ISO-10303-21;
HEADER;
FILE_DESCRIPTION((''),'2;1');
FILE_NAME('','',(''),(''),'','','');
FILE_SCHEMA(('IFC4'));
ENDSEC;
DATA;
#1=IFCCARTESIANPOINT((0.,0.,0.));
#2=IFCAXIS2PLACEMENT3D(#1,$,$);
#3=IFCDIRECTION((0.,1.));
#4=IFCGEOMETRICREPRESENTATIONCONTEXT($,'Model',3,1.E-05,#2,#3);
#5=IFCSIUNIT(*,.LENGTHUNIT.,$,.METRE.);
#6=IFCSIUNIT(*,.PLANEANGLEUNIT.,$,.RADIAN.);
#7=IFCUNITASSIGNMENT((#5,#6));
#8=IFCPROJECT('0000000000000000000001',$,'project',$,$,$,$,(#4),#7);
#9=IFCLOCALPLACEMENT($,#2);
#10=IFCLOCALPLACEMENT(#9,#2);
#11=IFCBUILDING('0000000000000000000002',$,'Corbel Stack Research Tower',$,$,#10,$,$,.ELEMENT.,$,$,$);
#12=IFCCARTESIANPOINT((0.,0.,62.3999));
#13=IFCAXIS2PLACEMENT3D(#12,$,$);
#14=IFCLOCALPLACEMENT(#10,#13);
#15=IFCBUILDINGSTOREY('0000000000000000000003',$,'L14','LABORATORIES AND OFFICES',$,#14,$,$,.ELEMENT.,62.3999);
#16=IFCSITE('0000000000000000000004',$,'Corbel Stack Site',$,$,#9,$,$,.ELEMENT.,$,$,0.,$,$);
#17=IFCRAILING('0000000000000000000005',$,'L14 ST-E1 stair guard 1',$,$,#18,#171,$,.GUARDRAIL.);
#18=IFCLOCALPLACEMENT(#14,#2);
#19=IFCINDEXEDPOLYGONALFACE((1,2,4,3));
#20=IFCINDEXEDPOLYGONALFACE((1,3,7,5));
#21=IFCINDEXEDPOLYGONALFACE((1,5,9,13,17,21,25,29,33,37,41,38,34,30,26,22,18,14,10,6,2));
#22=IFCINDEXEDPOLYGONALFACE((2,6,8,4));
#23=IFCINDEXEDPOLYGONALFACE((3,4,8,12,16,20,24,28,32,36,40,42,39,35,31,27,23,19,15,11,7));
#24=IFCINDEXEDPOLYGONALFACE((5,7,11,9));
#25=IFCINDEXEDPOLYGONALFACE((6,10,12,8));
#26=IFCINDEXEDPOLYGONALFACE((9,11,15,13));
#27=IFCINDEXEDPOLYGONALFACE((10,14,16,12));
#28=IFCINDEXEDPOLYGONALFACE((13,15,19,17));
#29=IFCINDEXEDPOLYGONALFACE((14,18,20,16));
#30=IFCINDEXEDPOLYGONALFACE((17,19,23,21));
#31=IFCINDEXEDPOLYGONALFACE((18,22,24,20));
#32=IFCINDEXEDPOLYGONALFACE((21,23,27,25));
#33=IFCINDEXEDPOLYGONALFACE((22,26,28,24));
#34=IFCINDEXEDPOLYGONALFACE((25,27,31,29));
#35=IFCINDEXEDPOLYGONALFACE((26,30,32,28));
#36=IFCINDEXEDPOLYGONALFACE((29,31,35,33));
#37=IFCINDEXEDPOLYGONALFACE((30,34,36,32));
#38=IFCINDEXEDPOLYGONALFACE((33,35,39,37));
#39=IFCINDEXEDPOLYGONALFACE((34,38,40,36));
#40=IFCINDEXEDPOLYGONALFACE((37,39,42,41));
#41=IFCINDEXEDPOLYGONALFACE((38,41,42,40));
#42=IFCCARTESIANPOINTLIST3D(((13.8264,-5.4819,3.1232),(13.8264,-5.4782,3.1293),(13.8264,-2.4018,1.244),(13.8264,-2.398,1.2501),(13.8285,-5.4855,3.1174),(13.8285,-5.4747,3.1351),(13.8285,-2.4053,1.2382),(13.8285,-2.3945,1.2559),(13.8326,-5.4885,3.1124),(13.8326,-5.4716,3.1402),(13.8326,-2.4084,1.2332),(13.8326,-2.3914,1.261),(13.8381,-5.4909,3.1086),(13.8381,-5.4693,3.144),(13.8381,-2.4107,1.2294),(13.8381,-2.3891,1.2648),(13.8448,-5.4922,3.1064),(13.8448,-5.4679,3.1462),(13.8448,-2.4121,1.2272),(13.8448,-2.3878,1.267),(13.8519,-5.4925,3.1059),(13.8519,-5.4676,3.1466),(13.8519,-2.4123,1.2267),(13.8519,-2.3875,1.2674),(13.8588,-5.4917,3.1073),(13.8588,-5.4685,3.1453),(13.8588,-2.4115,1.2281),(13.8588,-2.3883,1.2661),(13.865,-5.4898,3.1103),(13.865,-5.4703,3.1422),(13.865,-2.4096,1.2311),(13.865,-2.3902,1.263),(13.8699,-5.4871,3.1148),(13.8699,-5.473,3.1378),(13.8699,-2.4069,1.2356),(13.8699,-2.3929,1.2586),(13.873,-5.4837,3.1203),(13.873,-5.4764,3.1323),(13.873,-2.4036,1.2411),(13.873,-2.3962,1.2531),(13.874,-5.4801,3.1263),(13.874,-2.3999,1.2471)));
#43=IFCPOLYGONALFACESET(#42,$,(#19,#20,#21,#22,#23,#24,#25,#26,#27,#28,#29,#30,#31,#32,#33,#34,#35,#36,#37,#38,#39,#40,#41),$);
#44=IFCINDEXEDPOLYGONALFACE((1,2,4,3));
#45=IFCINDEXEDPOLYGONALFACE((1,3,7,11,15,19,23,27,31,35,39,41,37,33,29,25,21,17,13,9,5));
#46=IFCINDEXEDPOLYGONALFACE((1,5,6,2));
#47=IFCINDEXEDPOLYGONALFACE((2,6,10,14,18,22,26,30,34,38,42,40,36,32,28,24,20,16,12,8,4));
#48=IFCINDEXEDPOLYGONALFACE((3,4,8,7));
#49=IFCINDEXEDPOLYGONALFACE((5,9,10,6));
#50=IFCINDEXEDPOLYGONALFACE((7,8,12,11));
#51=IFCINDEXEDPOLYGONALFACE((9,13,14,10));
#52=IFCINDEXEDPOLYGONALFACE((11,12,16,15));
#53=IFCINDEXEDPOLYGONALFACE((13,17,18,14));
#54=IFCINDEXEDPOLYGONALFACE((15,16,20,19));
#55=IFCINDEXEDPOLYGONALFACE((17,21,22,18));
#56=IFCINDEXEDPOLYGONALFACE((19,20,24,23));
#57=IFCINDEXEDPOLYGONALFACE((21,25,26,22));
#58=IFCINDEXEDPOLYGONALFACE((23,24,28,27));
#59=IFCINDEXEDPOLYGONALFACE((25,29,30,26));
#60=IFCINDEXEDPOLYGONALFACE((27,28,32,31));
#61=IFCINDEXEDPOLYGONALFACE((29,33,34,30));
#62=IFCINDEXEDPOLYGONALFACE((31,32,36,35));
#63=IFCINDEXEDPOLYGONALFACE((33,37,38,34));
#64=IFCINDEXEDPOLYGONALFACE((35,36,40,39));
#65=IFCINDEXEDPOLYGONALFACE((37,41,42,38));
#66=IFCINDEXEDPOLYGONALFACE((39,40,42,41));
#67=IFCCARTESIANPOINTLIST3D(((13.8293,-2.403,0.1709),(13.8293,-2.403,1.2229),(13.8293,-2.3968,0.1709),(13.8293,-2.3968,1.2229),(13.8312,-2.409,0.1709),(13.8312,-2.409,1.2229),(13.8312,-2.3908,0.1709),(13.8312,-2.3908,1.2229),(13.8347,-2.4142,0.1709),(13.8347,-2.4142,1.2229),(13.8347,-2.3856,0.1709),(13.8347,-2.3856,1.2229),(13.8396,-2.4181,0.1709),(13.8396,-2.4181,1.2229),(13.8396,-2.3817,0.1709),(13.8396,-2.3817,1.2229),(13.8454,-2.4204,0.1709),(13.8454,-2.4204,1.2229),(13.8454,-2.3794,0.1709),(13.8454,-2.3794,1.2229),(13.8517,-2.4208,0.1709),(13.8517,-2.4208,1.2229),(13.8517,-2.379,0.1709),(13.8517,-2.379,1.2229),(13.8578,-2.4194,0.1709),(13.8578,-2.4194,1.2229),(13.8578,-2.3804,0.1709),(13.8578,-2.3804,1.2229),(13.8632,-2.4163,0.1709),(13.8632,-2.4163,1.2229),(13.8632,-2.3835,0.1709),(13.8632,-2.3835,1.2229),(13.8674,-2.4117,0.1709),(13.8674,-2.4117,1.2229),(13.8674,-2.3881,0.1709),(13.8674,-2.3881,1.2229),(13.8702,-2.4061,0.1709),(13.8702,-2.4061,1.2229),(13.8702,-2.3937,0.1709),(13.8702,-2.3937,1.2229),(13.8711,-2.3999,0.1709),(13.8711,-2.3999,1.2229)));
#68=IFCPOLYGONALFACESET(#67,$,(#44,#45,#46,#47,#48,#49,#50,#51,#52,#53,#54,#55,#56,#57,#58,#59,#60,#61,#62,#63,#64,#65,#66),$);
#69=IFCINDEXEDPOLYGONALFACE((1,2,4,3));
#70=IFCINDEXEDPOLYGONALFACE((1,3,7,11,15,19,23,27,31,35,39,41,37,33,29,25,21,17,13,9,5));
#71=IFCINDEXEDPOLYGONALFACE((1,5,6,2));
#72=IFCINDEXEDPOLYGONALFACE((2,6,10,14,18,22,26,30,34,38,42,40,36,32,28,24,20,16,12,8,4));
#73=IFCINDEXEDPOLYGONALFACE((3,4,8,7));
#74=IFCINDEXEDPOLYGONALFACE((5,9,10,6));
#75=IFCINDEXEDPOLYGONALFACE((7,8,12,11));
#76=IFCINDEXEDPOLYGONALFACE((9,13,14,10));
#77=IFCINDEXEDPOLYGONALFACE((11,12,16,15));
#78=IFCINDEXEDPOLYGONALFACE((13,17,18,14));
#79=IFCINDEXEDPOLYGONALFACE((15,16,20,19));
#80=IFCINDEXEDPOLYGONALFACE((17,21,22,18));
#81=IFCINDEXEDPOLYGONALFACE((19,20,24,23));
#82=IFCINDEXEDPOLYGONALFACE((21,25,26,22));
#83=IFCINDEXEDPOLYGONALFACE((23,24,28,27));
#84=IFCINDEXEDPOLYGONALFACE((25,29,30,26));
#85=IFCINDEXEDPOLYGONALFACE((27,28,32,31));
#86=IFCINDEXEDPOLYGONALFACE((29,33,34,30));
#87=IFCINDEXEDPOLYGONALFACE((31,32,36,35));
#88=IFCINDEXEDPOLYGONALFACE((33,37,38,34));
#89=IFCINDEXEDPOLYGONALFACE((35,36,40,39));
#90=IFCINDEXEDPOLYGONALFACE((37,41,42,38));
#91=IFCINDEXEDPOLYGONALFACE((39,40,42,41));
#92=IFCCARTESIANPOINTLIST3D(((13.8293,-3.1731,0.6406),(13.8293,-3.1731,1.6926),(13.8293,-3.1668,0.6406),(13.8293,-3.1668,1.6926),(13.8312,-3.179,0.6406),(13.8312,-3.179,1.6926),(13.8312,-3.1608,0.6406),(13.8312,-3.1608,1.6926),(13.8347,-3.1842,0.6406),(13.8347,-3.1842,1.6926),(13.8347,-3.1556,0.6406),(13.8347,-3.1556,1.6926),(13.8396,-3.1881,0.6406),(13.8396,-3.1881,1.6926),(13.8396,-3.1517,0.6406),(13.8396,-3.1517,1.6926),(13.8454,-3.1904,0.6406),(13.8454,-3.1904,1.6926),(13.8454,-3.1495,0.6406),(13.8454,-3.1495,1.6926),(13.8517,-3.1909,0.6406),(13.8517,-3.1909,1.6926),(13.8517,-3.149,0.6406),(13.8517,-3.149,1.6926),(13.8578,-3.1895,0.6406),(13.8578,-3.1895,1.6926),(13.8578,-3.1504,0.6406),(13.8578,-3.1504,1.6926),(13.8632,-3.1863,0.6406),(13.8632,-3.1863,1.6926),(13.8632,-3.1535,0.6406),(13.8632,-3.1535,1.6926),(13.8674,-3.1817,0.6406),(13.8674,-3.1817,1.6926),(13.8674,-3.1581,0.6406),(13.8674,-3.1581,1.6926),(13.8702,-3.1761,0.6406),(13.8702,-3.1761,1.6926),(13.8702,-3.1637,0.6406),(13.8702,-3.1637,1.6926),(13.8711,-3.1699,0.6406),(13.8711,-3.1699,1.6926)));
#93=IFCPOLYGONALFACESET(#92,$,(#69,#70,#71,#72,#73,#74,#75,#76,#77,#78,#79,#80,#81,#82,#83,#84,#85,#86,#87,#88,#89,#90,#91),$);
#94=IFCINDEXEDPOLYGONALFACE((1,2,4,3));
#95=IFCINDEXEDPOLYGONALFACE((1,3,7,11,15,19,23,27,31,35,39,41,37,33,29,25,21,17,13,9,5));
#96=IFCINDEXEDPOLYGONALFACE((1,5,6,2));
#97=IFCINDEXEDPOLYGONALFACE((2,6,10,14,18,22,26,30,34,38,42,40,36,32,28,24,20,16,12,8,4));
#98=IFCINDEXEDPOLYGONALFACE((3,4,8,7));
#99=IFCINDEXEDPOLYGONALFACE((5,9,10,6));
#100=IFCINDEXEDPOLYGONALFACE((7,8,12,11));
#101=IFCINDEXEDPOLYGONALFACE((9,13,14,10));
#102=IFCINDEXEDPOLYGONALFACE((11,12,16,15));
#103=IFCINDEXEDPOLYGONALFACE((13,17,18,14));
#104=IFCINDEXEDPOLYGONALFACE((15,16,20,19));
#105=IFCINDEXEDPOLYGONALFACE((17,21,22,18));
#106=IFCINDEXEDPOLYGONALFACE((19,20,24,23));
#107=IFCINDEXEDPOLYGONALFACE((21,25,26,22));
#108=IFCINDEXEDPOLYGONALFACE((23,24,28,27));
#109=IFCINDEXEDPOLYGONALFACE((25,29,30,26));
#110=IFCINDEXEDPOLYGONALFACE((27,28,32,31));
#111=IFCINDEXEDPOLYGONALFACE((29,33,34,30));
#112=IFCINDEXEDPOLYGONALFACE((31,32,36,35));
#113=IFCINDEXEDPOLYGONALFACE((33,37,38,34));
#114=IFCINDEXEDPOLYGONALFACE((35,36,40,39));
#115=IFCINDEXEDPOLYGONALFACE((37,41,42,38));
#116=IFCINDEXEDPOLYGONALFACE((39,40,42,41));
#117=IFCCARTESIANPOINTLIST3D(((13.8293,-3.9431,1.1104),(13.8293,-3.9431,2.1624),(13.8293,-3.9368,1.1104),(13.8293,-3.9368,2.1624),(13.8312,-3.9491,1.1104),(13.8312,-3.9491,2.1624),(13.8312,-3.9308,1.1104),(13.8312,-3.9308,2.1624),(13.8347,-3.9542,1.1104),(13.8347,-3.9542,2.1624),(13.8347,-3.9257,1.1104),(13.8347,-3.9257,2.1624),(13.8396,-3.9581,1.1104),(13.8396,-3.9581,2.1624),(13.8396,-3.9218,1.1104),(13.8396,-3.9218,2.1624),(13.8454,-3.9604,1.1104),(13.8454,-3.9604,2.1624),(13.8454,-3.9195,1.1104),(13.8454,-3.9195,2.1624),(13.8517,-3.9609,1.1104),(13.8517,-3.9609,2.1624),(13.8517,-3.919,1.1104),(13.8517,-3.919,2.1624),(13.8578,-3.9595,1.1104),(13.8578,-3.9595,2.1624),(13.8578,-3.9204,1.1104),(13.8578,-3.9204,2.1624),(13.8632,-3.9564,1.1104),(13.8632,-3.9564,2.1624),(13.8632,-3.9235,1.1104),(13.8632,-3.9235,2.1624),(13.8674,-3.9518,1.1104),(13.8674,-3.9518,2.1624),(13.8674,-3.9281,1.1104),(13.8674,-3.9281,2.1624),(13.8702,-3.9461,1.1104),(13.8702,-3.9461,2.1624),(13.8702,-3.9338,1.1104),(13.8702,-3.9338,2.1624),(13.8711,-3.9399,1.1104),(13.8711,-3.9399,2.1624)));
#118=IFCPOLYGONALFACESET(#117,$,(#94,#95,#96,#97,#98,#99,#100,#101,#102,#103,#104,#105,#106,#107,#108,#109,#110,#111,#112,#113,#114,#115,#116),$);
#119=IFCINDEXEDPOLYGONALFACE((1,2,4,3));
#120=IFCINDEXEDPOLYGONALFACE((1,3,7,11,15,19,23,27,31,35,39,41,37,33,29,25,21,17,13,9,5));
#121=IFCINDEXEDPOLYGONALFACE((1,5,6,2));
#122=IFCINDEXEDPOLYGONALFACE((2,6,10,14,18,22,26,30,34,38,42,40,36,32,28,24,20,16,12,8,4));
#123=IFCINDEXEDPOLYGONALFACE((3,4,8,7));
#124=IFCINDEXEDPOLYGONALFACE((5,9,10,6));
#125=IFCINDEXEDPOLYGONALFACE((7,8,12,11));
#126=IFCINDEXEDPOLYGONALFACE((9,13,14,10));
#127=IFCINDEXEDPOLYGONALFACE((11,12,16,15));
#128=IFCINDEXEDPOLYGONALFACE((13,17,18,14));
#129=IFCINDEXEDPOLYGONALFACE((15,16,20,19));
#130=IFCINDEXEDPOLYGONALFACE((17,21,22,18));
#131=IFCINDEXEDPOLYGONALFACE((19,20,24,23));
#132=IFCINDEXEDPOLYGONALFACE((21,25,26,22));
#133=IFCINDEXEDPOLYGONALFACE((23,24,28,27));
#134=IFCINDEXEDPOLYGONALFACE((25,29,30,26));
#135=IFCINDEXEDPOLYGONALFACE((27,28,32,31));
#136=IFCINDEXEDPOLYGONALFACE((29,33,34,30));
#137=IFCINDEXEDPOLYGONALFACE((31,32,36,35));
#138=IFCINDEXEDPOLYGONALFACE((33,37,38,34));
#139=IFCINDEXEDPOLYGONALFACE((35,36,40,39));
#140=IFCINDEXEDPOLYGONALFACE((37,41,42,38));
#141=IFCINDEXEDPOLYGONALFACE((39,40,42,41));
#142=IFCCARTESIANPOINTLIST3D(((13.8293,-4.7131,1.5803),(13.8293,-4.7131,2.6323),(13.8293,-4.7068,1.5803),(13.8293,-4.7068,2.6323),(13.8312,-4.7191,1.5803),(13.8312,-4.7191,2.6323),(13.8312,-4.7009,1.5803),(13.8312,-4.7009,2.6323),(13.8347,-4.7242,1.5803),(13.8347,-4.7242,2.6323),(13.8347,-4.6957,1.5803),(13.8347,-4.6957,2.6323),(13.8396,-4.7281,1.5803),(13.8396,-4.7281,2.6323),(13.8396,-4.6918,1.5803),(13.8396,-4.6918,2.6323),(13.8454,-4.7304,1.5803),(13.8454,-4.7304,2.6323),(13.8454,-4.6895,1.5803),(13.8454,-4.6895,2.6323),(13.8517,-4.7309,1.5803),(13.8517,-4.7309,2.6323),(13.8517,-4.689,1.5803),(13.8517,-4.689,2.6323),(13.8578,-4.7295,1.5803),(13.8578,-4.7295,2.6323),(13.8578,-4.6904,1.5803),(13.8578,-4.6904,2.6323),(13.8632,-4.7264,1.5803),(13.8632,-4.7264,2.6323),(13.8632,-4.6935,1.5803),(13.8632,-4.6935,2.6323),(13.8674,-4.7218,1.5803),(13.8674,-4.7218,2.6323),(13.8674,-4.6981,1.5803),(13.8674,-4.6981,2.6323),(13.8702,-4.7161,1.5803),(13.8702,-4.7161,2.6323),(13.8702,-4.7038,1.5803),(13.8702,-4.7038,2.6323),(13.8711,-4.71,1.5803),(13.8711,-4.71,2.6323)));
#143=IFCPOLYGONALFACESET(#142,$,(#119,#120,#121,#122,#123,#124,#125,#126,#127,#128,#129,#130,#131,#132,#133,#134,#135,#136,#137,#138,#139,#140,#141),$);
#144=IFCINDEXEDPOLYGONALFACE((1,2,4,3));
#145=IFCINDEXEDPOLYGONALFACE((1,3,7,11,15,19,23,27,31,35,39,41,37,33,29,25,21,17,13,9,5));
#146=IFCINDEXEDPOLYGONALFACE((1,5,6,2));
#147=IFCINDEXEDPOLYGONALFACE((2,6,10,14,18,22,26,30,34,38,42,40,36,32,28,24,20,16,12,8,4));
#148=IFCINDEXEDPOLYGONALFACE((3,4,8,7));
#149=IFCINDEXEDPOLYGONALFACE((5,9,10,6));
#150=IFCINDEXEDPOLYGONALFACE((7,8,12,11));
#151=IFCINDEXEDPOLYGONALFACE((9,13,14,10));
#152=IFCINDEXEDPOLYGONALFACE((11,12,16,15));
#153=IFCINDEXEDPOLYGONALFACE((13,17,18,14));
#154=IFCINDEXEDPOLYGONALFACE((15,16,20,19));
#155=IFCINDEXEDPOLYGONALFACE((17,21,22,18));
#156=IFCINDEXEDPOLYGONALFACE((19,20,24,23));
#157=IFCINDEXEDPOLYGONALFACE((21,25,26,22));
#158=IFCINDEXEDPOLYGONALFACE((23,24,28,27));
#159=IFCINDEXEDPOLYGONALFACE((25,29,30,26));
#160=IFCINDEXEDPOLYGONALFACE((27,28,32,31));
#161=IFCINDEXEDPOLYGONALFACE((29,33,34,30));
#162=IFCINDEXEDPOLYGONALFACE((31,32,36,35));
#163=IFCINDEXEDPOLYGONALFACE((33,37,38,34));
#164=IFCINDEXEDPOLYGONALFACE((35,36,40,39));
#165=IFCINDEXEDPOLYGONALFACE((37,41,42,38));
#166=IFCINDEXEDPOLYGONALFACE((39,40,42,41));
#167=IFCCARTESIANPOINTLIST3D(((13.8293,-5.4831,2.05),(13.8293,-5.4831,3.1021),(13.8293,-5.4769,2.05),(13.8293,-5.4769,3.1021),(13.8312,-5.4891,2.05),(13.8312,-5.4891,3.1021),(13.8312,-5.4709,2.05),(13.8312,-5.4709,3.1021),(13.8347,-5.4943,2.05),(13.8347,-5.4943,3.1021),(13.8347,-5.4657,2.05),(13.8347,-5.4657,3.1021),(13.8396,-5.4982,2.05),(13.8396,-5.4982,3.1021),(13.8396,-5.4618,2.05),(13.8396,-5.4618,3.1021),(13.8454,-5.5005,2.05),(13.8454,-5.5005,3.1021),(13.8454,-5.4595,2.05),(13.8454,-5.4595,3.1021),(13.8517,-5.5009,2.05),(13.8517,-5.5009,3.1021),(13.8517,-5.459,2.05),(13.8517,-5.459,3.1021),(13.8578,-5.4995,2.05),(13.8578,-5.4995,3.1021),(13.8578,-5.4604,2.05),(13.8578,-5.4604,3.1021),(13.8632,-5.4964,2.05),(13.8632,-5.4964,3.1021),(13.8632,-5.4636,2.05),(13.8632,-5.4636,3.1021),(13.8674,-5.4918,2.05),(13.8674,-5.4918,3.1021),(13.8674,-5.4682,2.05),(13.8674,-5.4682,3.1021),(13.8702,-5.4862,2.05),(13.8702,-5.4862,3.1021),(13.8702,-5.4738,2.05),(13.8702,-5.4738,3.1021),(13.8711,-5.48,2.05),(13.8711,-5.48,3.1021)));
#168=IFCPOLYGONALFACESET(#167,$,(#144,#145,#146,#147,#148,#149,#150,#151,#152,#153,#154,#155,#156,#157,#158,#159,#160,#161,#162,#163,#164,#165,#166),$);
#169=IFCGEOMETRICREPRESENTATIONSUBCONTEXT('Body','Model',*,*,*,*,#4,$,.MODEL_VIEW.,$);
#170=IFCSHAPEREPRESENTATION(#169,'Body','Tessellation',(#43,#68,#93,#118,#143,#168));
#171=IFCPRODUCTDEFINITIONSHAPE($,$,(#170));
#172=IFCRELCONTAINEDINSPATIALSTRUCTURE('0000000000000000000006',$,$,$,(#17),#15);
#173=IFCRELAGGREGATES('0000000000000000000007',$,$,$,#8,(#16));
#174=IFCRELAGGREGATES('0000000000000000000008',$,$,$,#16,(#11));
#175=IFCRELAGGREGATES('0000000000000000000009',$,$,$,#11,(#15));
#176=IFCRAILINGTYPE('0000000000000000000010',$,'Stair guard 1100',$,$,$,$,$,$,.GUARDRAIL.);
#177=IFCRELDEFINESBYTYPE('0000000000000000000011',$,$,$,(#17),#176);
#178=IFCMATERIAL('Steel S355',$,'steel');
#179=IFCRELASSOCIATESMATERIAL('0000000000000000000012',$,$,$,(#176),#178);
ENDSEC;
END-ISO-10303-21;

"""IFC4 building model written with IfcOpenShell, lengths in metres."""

from ifc_helpers import new_model, si_unit, direction, frame, origin, origin_2d, place, context, subcontext, project, spatial, circle, extrude, material, type_object, element, save


model = new_model("IFC4")

# Units and contexts
model_context = context("Model", 3, precision=1e-05, world=origin(), true_north=direction((0.0, 1.0)))
body_context = subcontext(model_context, "Body", "Model", "MODEL_VIEW")
ifc_project = project(units=[si_unit("LENGTHUNIT", "METRE"), si_unit("PLANEANGLEUNIT", "RADIAN")], contexts=[model_context])

# Site, building, storey
site_placement = place(None, origin())
site = spatial("IfcSite", under=ifc_project, at=site_placement, Name="Corbel Stack Site", CompositionType="ELEMENT", RefElevation=0.0)
building_placement = place(site_placement, origin())
building = spatial("IfcBuilding", under=site, at=building_placement, Name="Corbel Stack Research Tower", CompositionType="ELEMENT")
storey_placement = place(building_placement, frame((0.0, 0.0, 62.3999)))
storey = spatial("IfcBuildingStorey", under=building, at=storey_placement, Name="L14", Description="LABORATORIES AND OFFICES", CompositionType="ELEMENT", Elevation=62.3999)

# Railing
ifc_material_1 = material(Name="Steel S355", Category="steel")
railing_type_1 = type_object("IfcRailingType", Name="Stair guard 1100", PredefinedType="GUARDRAIL", material=ifc_material_1)
railing_1_placement = place(storey_placement, frame((13.8501, -2.3999, 0.1709)))
element("IfcRailing", 1, at=railing_1_placement, inside=storey, type_object=railing_type_1, Name="L14 ST-E1 stair guard 1", PredefinedType="GUARDRAIL", context=body_context, shape_type="SweptSolid", body=[
    extrude(circle(Radius=0.0239, at=origin_2d()), frame((0.0, 0.0, 1.0762), z_axis=(0.0, -0.853666, 0.52082), x_axis=(1.0, 0.0, 0.0)), (0.0, 0.0, 1.0), 3.6082),
    extrude(circle(Radius=0.021, at=origin_2d()), origin(), (0.0, 0.0, 1.0), 1.052),
    extrude(circle(Radius=0.021, at=origin_2d()), frame((0.0, -0.77, 0.4697)), (0.0, 0.0, 1.0), 1.052),
    extrude(circle(Radius=0.021, at=origin_2d()), frame((0.0, -1.54, 0.9395)), (0.0, 0.0, 1.0), 1.052),
    extrude(circle(Radius=0.021, at=origin_2d()), frame((0.0, -2.3101, 1.4094)), (0.0, 0.0, 1.0), 1.052),
    extrude(circle(Radius=0.021, at=origin_2d()), frame((0.0, -3.0801, 1.8792)), (0.0, 0.0, 1.0), 1.052),
])

save(model, "model.ifc")
